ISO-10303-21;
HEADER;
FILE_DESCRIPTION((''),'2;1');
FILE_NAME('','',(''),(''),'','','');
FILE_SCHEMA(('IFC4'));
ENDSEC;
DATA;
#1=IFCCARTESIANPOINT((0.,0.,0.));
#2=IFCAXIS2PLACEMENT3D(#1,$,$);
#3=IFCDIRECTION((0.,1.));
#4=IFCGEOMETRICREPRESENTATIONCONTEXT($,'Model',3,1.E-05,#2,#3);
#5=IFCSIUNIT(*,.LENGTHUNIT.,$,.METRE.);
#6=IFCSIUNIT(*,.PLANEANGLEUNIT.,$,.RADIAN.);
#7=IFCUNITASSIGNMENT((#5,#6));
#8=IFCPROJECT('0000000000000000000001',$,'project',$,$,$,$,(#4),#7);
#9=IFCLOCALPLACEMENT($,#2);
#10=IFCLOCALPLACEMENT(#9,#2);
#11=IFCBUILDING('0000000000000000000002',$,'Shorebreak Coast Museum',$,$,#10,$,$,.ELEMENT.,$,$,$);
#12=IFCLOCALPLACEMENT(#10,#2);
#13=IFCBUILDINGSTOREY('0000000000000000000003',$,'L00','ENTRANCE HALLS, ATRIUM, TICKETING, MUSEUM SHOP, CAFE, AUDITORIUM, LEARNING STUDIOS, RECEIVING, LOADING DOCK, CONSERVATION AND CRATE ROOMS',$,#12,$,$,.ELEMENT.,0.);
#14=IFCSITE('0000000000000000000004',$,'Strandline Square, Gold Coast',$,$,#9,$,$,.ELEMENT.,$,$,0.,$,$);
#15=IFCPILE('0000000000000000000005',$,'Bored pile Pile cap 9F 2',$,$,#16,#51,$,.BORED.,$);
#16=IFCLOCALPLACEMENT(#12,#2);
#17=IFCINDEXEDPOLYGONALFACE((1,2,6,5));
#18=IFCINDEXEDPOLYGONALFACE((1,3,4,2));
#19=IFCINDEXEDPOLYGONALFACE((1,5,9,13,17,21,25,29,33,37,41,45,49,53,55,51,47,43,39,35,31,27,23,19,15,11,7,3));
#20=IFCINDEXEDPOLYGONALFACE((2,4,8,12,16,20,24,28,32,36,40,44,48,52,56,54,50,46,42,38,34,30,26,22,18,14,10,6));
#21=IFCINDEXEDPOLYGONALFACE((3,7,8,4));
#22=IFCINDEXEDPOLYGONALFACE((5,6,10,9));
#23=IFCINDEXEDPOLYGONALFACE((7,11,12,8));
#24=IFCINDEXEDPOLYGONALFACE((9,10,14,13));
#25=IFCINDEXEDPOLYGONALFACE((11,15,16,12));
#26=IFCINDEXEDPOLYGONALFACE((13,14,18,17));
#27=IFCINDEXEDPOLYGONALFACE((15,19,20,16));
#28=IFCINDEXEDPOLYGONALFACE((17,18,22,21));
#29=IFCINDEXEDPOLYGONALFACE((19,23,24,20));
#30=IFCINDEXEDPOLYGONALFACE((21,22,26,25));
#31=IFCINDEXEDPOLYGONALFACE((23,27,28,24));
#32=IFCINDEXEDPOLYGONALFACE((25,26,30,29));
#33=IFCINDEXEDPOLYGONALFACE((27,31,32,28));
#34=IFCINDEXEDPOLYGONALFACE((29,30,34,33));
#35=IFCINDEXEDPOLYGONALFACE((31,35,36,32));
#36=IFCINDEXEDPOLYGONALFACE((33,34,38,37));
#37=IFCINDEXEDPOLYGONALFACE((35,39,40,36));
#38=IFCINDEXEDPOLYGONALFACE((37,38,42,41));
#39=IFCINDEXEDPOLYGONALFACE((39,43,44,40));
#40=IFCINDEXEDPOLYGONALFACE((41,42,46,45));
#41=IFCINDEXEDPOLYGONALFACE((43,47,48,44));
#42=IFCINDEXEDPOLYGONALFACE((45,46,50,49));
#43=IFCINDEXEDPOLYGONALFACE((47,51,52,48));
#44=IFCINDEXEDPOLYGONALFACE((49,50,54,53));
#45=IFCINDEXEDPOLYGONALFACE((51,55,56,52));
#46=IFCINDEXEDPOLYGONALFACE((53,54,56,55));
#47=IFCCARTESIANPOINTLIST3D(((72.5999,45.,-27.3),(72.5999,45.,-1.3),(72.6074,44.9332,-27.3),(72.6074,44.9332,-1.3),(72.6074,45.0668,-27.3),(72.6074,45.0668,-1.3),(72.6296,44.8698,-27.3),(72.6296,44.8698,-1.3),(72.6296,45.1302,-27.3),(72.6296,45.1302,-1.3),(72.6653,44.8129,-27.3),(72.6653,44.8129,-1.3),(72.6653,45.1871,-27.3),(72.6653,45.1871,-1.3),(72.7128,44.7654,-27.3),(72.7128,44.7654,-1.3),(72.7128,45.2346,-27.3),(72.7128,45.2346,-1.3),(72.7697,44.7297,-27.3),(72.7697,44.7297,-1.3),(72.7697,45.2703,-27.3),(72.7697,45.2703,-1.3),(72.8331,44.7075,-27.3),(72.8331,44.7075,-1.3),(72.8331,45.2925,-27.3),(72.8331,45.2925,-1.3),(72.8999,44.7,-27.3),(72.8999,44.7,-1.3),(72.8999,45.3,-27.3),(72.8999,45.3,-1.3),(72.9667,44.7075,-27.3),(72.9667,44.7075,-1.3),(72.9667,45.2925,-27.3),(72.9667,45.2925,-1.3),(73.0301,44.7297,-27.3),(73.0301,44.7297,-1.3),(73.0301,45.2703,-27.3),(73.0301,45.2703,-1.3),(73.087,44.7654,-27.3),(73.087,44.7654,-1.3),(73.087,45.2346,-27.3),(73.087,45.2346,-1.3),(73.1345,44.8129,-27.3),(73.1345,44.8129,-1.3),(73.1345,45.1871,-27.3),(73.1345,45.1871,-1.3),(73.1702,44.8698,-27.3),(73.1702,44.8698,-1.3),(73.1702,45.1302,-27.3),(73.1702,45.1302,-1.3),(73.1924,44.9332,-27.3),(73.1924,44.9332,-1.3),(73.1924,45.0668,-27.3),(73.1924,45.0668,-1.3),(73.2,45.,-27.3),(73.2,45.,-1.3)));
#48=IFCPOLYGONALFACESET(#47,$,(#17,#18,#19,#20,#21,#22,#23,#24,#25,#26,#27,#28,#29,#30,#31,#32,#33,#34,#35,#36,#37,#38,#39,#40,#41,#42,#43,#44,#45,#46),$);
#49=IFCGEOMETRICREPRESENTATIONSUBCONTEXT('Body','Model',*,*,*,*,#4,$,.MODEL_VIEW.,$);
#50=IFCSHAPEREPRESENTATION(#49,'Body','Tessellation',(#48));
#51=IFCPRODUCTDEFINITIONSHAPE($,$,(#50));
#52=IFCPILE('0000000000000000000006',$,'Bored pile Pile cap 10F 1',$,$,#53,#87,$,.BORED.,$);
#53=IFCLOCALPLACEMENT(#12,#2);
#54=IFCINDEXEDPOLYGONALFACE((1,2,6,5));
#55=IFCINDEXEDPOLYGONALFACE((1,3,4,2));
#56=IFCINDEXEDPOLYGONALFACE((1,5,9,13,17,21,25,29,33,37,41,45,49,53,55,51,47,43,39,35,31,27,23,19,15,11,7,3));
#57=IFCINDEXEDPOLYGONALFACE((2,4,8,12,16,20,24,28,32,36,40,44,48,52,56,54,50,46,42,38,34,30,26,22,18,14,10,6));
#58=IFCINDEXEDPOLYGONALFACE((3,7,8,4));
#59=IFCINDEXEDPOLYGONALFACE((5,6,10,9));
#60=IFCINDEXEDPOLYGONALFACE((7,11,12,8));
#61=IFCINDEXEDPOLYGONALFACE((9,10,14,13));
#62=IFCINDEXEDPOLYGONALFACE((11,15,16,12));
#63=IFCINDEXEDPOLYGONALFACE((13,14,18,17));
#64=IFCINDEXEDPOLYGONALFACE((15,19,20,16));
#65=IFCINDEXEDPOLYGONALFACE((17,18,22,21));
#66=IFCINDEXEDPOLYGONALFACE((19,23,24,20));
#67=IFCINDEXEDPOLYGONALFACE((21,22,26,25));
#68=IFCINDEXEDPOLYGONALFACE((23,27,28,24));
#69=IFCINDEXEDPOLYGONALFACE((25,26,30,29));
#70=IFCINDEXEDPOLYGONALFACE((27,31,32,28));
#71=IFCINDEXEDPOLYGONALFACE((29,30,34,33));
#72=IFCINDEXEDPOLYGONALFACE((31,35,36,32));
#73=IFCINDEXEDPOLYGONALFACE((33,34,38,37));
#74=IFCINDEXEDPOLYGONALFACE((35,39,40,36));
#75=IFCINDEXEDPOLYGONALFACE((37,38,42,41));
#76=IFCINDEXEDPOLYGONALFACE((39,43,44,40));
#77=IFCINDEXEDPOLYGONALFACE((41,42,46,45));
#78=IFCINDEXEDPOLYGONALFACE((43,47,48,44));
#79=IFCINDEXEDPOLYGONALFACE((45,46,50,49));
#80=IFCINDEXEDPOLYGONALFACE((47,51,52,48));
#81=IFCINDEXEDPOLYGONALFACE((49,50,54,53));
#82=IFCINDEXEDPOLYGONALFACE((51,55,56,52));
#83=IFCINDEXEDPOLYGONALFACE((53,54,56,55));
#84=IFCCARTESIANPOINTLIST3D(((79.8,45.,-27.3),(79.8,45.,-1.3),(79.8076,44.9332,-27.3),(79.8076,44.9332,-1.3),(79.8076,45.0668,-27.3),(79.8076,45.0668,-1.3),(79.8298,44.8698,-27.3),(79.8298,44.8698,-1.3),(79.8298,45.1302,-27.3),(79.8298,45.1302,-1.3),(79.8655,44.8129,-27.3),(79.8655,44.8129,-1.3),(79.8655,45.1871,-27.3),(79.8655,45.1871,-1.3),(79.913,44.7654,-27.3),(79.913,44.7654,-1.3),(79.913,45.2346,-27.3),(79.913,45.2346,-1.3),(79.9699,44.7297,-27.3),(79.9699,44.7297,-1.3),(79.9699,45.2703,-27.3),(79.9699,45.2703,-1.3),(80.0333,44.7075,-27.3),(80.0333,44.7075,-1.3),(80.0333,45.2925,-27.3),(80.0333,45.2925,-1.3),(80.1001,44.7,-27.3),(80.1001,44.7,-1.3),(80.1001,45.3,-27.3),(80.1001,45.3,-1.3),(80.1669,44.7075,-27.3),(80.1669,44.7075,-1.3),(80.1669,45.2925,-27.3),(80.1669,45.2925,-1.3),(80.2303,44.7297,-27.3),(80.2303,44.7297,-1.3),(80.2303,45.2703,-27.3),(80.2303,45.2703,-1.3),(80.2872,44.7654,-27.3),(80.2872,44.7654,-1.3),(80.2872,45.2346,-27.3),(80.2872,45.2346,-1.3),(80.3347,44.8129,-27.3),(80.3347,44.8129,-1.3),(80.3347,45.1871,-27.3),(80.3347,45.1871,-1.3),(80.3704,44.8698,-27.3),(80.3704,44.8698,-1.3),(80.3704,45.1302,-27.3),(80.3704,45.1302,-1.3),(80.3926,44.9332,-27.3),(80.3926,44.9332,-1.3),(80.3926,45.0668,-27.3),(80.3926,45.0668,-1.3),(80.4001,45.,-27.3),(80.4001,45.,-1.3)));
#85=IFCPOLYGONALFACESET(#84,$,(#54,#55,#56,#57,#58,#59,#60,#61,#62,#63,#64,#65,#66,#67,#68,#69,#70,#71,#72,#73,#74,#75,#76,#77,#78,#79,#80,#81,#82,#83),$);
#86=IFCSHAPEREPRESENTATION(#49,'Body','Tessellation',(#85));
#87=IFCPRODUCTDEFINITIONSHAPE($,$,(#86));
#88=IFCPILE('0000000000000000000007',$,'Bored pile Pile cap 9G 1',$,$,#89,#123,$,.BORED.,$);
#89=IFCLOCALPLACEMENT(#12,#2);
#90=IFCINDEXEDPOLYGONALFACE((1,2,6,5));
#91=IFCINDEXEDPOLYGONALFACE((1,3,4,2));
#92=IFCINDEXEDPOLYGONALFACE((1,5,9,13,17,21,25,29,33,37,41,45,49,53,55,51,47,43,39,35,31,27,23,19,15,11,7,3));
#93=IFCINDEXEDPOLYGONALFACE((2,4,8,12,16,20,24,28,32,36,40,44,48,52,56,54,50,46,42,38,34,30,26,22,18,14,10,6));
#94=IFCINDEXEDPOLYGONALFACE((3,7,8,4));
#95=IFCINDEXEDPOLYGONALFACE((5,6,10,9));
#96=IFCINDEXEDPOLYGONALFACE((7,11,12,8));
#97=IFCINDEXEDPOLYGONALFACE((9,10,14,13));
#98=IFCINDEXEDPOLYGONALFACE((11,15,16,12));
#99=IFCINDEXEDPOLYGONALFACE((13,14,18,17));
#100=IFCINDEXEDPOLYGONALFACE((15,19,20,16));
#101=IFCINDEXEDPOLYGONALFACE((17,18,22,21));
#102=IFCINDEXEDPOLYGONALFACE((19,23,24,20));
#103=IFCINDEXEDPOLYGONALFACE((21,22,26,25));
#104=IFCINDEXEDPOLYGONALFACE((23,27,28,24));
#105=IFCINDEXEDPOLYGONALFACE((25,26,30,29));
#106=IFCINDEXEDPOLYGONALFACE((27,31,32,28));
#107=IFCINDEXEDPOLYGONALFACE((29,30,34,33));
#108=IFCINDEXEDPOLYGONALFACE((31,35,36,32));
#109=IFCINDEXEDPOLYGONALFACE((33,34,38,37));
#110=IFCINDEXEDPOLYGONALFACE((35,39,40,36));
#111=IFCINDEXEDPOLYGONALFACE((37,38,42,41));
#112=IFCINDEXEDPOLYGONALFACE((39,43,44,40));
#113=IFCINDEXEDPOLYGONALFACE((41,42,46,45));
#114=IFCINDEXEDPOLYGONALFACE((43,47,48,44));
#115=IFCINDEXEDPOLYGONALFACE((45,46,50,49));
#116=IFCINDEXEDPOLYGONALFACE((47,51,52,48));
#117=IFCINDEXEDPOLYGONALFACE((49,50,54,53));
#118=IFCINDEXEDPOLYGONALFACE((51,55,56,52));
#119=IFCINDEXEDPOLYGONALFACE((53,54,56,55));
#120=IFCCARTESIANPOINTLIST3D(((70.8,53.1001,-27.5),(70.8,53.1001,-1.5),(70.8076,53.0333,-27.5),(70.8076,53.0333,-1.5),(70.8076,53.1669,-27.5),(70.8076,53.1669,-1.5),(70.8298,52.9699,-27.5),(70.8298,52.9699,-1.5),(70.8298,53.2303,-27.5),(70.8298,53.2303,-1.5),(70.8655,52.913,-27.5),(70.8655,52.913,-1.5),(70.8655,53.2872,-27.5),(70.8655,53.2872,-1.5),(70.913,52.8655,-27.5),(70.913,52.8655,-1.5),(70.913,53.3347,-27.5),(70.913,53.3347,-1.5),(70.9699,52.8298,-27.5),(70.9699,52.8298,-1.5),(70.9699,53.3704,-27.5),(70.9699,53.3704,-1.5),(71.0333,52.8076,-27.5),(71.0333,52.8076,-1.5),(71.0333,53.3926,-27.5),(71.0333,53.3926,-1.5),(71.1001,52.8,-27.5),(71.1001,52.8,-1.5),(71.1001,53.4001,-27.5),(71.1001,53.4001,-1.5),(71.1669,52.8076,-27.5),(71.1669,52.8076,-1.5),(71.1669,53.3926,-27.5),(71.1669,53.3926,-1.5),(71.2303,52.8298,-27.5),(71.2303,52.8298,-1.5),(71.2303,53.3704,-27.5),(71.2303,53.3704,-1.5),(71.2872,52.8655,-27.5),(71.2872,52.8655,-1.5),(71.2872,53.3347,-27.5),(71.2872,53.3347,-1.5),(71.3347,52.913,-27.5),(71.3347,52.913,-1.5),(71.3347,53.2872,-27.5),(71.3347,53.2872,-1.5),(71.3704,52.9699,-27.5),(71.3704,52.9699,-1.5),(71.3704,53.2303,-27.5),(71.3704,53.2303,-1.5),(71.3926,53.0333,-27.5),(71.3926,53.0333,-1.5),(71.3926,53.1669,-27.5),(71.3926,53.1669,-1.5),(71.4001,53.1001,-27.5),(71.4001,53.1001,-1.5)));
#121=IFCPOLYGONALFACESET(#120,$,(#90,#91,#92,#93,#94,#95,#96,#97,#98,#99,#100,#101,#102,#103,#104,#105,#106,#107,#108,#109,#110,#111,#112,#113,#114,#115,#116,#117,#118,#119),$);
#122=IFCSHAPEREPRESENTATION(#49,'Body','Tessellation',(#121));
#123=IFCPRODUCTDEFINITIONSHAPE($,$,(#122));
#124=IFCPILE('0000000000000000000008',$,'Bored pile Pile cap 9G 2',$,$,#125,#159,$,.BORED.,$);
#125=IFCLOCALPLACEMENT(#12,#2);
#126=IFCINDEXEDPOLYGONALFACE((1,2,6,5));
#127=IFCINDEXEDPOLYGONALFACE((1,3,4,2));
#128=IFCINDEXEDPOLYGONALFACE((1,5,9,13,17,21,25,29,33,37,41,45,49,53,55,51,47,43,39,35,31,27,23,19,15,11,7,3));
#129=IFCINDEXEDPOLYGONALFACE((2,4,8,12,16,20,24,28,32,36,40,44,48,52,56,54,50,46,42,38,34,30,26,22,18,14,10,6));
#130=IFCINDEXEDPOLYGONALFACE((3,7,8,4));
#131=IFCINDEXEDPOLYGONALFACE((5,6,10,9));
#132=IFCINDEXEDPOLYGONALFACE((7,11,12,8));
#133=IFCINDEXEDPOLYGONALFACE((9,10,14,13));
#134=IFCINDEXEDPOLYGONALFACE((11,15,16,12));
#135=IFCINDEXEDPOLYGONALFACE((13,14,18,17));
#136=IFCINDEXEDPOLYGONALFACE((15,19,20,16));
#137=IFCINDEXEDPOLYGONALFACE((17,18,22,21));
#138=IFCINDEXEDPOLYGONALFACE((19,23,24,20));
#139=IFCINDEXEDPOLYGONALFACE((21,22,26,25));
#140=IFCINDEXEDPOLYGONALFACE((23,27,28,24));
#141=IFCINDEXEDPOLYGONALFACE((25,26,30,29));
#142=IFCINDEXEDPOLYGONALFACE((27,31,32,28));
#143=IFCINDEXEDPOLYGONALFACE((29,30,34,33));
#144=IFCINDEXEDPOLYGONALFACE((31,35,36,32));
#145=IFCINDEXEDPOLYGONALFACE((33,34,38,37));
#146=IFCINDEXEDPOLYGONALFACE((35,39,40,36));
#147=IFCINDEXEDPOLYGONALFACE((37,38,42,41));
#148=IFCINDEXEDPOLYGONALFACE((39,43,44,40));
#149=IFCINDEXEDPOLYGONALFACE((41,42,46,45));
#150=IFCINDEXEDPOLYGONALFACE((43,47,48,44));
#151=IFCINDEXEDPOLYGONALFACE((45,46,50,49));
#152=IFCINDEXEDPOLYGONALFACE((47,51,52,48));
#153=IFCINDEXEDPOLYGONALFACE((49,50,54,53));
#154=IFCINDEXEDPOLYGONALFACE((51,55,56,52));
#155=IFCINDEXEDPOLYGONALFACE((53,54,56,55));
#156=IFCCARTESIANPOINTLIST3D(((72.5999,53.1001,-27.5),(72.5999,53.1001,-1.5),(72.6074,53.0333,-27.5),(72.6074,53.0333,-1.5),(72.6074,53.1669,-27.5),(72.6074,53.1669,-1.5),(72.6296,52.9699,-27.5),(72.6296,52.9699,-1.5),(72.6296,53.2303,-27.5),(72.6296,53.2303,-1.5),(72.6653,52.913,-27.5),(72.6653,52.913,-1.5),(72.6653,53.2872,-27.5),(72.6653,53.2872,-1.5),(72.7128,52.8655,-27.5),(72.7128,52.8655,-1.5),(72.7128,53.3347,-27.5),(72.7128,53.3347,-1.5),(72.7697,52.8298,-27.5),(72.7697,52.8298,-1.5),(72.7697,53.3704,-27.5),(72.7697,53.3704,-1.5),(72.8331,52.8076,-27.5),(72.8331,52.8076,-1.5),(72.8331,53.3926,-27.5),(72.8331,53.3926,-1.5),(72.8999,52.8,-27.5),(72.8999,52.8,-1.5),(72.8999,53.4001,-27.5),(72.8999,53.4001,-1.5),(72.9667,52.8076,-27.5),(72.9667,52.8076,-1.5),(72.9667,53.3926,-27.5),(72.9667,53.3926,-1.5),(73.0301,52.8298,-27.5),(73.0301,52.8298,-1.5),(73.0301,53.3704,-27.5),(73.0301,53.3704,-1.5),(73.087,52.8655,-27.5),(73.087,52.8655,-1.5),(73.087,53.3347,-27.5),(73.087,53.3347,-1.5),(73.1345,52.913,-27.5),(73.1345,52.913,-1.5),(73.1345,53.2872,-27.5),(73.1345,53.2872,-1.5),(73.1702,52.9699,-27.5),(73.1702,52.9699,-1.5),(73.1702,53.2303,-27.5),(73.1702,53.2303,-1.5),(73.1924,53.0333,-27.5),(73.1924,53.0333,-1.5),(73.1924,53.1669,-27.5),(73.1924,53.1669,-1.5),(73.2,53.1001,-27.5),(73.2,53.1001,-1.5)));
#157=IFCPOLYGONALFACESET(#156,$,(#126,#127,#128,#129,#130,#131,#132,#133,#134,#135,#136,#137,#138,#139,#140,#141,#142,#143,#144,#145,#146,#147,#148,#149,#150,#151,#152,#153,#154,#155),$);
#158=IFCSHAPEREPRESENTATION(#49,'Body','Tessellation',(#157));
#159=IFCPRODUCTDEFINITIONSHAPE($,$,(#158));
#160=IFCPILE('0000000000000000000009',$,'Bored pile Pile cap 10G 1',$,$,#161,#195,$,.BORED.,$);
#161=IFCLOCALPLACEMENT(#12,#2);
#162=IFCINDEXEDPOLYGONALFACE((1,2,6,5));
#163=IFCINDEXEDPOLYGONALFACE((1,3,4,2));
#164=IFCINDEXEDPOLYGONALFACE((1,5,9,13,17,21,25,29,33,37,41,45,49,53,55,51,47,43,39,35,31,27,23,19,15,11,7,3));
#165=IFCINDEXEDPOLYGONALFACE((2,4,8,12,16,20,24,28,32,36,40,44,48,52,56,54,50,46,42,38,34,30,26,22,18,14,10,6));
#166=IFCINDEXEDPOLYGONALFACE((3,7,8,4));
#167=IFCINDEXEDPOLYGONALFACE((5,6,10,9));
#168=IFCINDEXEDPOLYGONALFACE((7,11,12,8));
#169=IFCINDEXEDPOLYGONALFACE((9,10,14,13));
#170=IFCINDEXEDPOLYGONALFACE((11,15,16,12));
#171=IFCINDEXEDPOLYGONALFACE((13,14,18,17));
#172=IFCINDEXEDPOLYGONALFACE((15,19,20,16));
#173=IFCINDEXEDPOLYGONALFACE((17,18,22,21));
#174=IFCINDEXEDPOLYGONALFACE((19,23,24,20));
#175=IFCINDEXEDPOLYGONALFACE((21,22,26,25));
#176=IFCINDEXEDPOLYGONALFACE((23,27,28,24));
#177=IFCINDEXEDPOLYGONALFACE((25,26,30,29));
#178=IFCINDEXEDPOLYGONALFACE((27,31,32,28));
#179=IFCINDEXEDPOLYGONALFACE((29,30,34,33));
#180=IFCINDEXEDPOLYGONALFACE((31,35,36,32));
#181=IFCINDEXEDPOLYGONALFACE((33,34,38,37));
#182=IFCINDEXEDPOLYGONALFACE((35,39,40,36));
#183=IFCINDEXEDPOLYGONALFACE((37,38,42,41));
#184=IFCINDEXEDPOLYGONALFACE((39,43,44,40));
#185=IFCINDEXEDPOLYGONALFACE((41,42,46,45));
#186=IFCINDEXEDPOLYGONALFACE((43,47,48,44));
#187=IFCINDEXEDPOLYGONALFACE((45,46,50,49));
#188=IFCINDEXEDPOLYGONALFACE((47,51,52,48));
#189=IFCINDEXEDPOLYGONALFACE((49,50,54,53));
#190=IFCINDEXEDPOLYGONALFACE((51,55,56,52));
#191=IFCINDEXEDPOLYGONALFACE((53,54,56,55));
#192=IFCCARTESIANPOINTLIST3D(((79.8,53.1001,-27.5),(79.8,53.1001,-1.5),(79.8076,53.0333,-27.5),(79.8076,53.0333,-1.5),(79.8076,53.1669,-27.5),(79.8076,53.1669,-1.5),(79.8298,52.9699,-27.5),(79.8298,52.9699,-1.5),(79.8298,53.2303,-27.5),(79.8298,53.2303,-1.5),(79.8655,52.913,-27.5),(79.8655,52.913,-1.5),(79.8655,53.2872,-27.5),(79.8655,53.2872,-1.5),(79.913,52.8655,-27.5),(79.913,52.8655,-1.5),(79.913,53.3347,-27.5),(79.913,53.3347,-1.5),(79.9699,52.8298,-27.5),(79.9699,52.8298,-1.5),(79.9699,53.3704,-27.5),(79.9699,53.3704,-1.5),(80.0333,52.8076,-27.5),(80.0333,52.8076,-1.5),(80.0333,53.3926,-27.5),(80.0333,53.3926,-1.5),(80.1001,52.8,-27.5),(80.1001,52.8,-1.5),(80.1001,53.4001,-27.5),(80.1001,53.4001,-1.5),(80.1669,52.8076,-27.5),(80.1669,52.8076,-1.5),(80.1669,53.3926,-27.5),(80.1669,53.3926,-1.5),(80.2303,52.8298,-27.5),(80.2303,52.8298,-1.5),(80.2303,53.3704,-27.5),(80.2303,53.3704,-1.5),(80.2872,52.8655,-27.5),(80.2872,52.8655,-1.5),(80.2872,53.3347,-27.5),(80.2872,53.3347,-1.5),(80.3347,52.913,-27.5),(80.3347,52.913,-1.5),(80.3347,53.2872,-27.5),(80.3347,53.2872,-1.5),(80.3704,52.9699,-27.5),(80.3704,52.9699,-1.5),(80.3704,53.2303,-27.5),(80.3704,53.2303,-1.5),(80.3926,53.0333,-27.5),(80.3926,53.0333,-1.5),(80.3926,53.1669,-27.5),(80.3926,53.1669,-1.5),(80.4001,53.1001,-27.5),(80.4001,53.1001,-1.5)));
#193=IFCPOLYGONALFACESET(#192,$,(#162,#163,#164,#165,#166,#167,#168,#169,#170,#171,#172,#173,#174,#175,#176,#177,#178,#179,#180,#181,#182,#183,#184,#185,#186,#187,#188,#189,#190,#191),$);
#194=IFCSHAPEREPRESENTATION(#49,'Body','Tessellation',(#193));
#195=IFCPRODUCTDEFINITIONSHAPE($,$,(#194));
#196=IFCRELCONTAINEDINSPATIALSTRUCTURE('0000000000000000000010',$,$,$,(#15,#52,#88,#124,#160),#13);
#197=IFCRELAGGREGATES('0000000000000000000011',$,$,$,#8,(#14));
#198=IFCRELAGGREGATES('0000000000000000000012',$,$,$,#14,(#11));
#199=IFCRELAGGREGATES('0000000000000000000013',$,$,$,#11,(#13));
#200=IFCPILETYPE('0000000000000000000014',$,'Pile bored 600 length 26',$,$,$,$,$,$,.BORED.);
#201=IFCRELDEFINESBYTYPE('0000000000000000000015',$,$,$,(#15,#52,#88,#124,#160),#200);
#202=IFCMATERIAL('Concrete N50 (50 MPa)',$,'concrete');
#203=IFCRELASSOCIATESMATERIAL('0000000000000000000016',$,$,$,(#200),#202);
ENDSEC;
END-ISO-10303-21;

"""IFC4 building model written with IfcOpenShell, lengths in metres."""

from ifc_helpers import new_model, si_unit, direction, frame, origin, origin_2d, place, context, subcontext, project, spatial, circle, extrude, material, material_profile, profile_set, type_object, element, save


model = new_model("IFC4")

# Units and contexts
model_context = context("Model", 3, precision=1e-05, world=origin(), true_north=direction((0.0, 1.0)))
body_context = subcontext(model_context, "Body", "Model", "MODEL_VIEW")
ifc_project = project(units=[si_unit("LENGTHUNIT", "METRE"), si_unit("PLANEANGLEUNIT", "RADIAN")], contexts=[model_context])

# Site, building, storey
site_placement = place(None, origin())
site = spatial("IfcSite", under=ifc_project, at=site_placement, Name="Strandline Square, Gold Coast", CompositionType="ELEMENT", RefElevation=0.0)
building_placement = place(site_placement, origin())
building = spatial("IfcBuilding", under=site, at=building_placement, Name="Shorebreak Coast Museum", CompositionType="ELEMENT")
storey_placement = place(building_placement, origin())
storey = spatial("IfcBuildingStorey", under=building, at=storey_placement, Name="L00", Description="ENTRANCE HALLS, ATRIUM, TICKETING, MUSEUM SHOP, CAFE, AUDITORIUM, LEARNING STUDIOS, RECEIVING, LOADING DOCK, CONSERVATION AND CRATE ROOMS", CompositionType="ELEMENT", Elevation=0.0)

# Piles
ifc_material_1 = material(Name="Concrete N50 (50 MPa)", Category="concrete")
ifc_material_profile_1 = material_profile(ifc_material_1, circle(Radius=0.3, at=origin_2d()), Name="Pile bored 600 length 26")
ifc_profile_set_1 = profile_set([ifc_material_profile_1], Name="Concrete N50 (50 MPa)")
pile_type_1 = type_object("IfcPileType", Name="Pile bored 600 length 26", PredefinedType="BORED", material=ifc_profile_set_1)
for number, where, z_axis, x_axis, name in (
    (1, (72.8999, 45.0, -1.3), (0.0, 0.0, -1.0), (1.0, 0.0, 0.0), "Bored pile Pile cap 9F 2"),
    (2, (80.1001, 45.0, -1.3), (0.0, 0.0, -1.0), (1.0, 0.0, 0.0), "Bored pile Pile cap 10F 1"),
    (3, (71.1001, 53.1001, -1.5), (0.0, 0.0, -1.0), (1.0, 0.0, 0.0), "Bored pile Pile cap 9G 1"),
    (4, (72.8999, 53.1001, -1.5), (0.0, 0.0, -1.0), (1.0, 0.0, 0.0), "Bored pile Pile cap 9G 2"),
    (5, (80.1001, 53.1001, -1.5), (0.0, 0.0, -1.0), (1.0, 0.0, 0.0), "Bored pile Pile cap 10G 1"),
):
    element("IfcPile", number, at=place(storey_placement, frame(where, z_axis=z_axis, x_axis=x_axis)), inside=storey, type_object=pile_type_1, Name=name, PredefinedType="BORED", context=body_context, shape_type="SweptSolid", body=[
        extrude(circle(Radius=0.3, at=origin_2d()), origin(), (0.0, 0.0, 1.0), 26.0),
    ])

save(model, "model.ifc")
